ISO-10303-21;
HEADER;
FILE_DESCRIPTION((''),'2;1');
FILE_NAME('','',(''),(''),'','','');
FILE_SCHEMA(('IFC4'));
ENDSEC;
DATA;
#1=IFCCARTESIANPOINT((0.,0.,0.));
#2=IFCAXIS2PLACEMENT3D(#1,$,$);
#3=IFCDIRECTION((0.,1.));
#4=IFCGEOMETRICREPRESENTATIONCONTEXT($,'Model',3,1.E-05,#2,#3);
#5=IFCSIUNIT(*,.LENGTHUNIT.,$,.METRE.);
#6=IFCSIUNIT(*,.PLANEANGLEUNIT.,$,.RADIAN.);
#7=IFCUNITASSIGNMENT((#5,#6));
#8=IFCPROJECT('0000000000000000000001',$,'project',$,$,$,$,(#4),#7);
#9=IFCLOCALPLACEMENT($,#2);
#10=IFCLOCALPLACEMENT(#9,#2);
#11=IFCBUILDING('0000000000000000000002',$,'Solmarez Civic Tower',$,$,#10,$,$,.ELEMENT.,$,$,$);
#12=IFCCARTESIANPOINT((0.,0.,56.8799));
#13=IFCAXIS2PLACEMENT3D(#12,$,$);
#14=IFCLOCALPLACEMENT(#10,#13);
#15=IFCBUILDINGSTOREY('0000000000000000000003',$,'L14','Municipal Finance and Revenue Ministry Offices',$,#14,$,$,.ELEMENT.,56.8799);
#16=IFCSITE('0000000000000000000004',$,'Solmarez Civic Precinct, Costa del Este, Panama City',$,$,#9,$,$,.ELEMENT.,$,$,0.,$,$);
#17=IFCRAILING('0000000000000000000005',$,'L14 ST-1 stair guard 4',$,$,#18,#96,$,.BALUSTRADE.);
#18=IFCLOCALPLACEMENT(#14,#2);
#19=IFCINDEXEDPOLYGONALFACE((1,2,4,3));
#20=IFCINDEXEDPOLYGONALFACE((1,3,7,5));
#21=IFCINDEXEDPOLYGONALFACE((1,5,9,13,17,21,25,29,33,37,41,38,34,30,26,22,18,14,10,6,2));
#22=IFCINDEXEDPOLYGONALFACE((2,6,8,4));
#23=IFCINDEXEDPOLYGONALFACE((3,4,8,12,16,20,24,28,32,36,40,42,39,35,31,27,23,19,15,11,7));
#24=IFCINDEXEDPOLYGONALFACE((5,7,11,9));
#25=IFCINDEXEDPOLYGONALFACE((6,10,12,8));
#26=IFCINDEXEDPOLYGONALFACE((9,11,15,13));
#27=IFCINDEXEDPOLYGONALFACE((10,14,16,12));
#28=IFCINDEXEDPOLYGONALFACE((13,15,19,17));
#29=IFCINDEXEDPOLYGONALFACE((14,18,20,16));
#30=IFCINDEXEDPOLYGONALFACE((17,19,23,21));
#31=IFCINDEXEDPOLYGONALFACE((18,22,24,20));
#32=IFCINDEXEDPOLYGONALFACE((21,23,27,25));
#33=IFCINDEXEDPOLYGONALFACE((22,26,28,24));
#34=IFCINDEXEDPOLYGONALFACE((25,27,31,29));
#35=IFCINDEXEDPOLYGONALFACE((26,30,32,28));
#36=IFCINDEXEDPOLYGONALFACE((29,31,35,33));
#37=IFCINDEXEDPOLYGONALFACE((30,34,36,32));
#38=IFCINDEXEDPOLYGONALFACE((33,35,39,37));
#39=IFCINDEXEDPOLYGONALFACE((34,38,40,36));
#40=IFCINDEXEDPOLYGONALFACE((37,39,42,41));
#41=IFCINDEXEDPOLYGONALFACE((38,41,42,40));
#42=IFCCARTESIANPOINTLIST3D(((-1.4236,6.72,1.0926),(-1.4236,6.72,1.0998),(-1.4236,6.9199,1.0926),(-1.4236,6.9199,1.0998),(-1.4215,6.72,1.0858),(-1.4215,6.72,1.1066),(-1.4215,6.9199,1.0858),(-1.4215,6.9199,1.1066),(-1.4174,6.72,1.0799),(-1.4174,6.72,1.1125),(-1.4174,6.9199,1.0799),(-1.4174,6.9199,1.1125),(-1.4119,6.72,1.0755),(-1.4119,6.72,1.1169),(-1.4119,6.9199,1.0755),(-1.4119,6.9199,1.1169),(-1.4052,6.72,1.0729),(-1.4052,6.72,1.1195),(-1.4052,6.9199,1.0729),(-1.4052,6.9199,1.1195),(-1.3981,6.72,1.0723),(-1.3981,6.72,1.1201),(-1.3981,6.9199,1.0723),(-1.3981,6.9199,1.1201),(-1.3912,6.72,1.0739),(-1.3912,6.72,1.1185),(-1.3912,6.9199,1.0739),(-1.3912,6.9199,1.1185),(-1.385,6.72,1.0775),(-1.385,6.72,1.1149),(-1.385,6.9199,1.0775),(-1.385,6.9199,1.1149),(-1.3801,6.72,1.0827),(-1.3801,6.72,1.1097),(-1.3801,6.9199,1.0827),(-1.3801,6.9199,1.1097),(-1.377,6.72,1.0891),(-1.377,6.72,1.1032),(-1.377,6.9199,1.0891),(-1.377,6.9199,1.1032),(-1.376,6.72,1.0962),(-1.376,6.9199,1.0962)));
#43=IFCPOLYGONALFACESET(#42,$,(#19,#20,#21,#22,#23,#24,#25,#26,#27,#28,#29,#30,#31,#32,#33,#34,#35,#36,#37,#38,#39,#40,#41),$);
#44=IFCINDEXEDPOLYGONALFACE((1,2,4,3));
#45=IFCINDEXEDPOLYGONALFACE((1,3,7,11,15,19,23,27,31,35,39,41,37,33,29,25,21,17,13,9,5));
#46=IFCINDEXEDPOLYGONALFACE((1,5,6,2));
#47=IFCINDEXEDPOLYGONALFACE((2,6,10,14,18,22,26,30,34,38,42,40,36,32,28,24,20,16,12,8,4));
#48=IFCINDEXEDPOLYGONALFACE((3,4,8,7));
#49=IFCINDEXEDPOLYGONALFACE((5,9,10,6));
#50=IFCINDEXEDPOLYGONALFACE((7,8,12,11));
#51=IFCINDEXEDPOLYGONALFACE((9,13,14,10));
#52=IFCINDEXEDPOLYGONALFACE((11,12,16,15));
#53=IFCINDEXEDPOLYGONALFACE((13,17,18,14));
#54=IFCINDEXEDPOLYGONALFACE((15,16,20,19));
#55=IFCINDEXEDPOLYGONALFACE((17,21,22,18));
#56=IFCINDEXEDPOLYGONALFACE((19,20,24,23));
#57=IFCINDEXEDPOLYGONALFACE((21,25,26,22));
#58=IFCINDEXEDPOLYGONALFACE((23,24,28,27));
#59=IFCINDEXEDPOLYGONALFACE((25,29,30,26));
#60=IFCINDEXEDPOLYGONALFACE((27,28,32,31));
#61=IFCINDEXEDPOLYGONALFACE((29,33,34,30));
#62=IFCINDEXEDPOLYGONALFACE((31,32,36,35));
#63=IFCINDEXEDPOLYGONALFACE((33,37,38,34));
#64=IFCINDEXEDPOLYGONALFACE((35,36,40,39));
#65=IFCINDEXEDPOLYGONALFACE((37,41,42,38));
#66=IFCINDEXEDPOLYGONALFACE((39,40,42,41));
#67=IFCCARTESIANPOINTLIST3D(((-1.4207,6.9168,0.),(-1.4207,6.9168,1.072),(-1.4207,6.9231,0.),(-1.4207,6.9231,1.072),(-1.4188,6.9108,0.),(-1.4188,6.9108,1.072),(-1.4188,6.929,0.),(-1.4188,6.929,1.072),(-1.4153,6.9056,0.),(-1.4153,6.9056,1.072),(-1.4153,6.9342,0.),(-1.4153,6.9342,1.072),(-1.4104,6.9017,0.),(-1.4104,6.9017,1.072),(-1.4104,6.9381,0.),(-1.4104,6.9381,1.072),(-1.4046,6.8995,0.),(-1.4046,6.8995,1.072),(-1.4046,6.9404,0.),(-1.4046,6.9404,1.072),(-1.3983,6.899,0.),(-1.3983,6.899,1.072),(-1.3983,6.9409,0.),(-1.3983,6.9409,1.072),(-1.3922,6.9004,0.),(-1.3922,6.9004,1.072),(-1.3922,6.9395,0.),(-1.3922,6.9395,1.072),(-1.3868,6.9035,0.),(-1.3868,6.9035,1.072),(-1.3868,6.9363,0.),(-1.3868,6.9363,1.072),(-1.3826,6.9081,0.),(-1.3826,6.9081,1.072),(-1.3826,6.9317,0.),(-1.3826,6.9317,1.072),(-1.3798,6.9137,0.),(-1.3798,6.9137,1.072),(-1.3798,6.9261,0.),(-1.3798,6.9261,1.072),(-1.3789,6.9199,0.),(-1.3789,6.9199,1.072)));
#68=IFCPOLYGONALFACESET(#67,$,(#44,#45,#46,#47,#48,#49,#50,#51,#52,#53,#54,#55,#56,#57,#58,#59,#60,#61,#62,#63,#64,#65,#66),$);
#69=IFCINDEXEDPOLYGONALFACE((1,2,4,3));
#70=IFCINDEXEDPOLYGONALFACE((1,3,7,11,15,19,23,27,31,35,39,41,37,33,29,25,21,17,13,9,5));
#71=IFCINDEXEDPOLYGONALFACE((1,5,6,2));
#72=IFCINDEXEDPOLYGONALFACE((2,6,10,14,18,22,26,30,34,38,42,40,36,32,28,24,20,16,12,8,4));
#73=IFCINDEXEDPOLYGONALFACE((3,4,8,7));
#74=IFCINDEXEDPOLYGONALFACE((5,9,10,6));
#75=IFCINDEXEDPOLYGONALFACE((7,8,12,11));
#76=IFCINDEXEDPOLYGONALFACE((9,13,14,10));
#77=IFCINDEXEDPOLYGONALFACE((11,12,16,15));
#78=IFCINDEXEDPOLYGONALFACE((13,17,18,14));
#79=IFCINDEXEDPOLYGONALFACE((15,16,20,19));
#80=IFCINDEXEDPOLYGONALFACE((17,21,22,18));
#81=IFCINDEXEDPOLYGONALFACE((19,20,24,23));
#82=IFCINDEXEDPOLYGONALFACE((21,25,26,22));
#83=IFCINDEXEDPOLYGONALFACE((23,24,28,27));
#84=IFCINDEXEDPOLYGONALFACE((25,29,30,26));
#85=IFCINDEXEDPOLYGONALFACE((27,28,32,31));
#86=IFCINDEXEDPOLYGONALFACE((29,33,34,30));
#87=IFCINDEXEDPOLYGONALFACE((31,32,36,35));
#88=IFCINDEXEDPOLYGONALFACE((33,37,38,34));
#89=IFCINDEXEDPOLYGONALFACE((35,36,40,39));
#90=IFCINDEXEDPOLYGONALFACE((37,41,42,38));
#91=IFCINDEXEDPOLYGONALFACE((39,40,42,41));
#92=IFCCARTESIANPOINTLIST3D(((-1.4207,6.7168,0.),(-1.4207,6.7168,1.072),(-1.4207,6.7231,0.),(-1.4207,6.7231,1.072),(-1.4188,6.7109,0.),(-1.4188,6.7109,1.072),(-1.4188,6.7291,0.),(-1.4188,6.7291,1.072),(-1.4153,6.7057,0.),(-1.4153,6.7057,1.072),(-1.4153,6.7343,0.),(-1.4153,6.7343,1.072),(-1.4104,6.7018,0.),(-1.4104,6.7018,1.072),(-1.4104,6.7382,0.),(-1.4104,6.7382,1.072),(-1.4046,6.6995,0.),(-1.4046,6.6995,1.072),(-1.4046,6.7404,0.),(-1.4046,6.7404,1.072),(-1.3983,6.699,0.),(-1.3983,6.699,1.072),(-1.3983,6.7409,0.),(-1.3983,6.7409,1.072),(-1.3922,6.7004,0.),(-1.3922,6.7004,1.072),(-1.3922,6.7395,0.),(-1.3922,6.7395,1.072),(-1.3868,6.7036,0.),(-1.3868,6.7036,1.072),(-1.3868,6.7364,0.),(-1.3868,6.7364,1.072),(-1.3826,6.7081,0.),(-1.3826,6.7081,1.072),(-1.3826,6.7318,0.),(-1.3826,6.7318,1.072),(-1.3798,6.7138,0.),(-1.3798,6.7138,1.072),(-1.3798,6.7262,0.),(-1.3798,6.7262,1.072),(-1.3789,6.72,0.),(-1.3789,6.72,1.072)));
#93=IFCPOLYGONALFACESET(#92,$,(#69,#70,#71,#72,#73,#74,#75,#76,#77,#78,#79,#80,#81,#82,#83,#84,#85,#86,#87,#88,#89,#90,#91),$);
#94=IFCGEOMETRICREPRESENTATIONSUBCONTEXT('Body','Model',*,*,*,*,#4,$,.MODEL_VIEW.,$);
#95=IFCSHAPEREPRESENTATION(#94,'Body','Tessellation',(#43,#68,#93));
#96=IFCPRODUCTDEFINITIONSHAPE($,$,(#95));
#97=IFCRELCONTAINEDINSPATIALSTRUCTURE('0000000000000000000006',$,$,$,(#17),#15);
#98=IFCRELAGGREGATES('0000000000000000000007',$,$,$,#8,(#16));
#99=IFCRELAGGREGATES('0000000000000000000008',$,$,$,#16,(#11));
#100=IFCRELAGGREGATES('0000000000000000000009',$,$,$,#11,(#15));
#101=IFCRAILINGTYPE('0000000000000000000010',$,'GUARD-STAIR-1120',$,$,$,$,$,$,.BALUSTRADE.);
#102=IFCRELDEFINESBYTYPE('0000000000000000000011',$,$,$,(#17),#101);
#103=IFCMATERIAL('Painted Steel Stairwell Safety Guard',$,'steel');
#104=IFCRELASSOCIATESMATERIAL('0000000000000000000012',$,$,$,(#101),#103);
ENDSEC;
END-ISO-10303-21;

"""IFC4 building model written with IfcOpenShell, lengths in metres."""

from ifc_helpers import new_model, si_unit, direction, frame, origin, origin_2d, place, context, subcontext, project, spatial, circle, extrude, material, type_object, element, save


model = new_model("IFC4")

# Units and contexts
model_context = context("Model", 3, precision=1e-05, world=origin(), true_north=direction((0.0, 1.0)))
body_context = subcontext(model_context, "Body", "Model", "MODEL_VIEW")
ifc_project = project(units=[si_unit("LENGTHUNIT", "METRE"), si_unit("PLANEANGLEUNIT", "RADIAN")], contexts=[model_context])

# Site, building, storey
site_placement = place(None, origin())
site = spatial("IfcSite", under=ifc_project, at=site_placement, Name="Solmarez Civic Precinct, Costa del Este, Panama City", CompositionType="ELEMENT", RefElevation=0.0)
building_placement = place(site_placement, origin())
building = spatial("IfcBuilding", under=site, at=building_placement, Name="Solmarez Civic Tower", CompositionType="ELEMENT")
storey_placement = place(building_placement, frame((0.0, 0.0, 56.8799)))
storey = spatial("IfcBuildingStorey", under=building, at=storey_placement, Name="L14", Description="Municipal Finance and Revenue Ministry Offices", CompositionType="ELEMENT", Elevation=56.8799)

# Railing
ifc_material_1 = material(Name="Painted Steel Stairwell Safety Guard", Category="steel")
railing_type_1 = type_object("IfcRailingType", Name="GUARD-STAIR-1120", PredefinedType="BALUSTRADE", material=ifc_material_1)
railing_1_placement = place(storey_placement, frame((-1.3999, 6.9199, 0.0)))
element("IfcRailing", 1, at=railing_1_placement, inside=storey, type_object=railing_type_1, Name="L14 ST-1 stair guard 4", PredefinedType="BALUSTRADE", context=body_context, shape_type="SweptSolid", body=[
    extrude(circle(Radius=0.0239, at=origin_2d()), frame((0.0, 0.0, 1.0962), z_axis=(0.0, -1.0, 0.0), x_axis=(1.0, 0.0, 0.0)), (0.0, 0.0, 1.0), 0.2),
    extrude(circle(Radius=0.021, at=origin_2d()), origin(), (0.0, 0.0, 1.0), 1.072),
    extrude(circle(Radius=0.021, at=origin_2d()), frame((0.0, -0.2, 0.0)), (0.0, 0.0, 1.0), 1.072),
])

save(model, "model.ifc")
